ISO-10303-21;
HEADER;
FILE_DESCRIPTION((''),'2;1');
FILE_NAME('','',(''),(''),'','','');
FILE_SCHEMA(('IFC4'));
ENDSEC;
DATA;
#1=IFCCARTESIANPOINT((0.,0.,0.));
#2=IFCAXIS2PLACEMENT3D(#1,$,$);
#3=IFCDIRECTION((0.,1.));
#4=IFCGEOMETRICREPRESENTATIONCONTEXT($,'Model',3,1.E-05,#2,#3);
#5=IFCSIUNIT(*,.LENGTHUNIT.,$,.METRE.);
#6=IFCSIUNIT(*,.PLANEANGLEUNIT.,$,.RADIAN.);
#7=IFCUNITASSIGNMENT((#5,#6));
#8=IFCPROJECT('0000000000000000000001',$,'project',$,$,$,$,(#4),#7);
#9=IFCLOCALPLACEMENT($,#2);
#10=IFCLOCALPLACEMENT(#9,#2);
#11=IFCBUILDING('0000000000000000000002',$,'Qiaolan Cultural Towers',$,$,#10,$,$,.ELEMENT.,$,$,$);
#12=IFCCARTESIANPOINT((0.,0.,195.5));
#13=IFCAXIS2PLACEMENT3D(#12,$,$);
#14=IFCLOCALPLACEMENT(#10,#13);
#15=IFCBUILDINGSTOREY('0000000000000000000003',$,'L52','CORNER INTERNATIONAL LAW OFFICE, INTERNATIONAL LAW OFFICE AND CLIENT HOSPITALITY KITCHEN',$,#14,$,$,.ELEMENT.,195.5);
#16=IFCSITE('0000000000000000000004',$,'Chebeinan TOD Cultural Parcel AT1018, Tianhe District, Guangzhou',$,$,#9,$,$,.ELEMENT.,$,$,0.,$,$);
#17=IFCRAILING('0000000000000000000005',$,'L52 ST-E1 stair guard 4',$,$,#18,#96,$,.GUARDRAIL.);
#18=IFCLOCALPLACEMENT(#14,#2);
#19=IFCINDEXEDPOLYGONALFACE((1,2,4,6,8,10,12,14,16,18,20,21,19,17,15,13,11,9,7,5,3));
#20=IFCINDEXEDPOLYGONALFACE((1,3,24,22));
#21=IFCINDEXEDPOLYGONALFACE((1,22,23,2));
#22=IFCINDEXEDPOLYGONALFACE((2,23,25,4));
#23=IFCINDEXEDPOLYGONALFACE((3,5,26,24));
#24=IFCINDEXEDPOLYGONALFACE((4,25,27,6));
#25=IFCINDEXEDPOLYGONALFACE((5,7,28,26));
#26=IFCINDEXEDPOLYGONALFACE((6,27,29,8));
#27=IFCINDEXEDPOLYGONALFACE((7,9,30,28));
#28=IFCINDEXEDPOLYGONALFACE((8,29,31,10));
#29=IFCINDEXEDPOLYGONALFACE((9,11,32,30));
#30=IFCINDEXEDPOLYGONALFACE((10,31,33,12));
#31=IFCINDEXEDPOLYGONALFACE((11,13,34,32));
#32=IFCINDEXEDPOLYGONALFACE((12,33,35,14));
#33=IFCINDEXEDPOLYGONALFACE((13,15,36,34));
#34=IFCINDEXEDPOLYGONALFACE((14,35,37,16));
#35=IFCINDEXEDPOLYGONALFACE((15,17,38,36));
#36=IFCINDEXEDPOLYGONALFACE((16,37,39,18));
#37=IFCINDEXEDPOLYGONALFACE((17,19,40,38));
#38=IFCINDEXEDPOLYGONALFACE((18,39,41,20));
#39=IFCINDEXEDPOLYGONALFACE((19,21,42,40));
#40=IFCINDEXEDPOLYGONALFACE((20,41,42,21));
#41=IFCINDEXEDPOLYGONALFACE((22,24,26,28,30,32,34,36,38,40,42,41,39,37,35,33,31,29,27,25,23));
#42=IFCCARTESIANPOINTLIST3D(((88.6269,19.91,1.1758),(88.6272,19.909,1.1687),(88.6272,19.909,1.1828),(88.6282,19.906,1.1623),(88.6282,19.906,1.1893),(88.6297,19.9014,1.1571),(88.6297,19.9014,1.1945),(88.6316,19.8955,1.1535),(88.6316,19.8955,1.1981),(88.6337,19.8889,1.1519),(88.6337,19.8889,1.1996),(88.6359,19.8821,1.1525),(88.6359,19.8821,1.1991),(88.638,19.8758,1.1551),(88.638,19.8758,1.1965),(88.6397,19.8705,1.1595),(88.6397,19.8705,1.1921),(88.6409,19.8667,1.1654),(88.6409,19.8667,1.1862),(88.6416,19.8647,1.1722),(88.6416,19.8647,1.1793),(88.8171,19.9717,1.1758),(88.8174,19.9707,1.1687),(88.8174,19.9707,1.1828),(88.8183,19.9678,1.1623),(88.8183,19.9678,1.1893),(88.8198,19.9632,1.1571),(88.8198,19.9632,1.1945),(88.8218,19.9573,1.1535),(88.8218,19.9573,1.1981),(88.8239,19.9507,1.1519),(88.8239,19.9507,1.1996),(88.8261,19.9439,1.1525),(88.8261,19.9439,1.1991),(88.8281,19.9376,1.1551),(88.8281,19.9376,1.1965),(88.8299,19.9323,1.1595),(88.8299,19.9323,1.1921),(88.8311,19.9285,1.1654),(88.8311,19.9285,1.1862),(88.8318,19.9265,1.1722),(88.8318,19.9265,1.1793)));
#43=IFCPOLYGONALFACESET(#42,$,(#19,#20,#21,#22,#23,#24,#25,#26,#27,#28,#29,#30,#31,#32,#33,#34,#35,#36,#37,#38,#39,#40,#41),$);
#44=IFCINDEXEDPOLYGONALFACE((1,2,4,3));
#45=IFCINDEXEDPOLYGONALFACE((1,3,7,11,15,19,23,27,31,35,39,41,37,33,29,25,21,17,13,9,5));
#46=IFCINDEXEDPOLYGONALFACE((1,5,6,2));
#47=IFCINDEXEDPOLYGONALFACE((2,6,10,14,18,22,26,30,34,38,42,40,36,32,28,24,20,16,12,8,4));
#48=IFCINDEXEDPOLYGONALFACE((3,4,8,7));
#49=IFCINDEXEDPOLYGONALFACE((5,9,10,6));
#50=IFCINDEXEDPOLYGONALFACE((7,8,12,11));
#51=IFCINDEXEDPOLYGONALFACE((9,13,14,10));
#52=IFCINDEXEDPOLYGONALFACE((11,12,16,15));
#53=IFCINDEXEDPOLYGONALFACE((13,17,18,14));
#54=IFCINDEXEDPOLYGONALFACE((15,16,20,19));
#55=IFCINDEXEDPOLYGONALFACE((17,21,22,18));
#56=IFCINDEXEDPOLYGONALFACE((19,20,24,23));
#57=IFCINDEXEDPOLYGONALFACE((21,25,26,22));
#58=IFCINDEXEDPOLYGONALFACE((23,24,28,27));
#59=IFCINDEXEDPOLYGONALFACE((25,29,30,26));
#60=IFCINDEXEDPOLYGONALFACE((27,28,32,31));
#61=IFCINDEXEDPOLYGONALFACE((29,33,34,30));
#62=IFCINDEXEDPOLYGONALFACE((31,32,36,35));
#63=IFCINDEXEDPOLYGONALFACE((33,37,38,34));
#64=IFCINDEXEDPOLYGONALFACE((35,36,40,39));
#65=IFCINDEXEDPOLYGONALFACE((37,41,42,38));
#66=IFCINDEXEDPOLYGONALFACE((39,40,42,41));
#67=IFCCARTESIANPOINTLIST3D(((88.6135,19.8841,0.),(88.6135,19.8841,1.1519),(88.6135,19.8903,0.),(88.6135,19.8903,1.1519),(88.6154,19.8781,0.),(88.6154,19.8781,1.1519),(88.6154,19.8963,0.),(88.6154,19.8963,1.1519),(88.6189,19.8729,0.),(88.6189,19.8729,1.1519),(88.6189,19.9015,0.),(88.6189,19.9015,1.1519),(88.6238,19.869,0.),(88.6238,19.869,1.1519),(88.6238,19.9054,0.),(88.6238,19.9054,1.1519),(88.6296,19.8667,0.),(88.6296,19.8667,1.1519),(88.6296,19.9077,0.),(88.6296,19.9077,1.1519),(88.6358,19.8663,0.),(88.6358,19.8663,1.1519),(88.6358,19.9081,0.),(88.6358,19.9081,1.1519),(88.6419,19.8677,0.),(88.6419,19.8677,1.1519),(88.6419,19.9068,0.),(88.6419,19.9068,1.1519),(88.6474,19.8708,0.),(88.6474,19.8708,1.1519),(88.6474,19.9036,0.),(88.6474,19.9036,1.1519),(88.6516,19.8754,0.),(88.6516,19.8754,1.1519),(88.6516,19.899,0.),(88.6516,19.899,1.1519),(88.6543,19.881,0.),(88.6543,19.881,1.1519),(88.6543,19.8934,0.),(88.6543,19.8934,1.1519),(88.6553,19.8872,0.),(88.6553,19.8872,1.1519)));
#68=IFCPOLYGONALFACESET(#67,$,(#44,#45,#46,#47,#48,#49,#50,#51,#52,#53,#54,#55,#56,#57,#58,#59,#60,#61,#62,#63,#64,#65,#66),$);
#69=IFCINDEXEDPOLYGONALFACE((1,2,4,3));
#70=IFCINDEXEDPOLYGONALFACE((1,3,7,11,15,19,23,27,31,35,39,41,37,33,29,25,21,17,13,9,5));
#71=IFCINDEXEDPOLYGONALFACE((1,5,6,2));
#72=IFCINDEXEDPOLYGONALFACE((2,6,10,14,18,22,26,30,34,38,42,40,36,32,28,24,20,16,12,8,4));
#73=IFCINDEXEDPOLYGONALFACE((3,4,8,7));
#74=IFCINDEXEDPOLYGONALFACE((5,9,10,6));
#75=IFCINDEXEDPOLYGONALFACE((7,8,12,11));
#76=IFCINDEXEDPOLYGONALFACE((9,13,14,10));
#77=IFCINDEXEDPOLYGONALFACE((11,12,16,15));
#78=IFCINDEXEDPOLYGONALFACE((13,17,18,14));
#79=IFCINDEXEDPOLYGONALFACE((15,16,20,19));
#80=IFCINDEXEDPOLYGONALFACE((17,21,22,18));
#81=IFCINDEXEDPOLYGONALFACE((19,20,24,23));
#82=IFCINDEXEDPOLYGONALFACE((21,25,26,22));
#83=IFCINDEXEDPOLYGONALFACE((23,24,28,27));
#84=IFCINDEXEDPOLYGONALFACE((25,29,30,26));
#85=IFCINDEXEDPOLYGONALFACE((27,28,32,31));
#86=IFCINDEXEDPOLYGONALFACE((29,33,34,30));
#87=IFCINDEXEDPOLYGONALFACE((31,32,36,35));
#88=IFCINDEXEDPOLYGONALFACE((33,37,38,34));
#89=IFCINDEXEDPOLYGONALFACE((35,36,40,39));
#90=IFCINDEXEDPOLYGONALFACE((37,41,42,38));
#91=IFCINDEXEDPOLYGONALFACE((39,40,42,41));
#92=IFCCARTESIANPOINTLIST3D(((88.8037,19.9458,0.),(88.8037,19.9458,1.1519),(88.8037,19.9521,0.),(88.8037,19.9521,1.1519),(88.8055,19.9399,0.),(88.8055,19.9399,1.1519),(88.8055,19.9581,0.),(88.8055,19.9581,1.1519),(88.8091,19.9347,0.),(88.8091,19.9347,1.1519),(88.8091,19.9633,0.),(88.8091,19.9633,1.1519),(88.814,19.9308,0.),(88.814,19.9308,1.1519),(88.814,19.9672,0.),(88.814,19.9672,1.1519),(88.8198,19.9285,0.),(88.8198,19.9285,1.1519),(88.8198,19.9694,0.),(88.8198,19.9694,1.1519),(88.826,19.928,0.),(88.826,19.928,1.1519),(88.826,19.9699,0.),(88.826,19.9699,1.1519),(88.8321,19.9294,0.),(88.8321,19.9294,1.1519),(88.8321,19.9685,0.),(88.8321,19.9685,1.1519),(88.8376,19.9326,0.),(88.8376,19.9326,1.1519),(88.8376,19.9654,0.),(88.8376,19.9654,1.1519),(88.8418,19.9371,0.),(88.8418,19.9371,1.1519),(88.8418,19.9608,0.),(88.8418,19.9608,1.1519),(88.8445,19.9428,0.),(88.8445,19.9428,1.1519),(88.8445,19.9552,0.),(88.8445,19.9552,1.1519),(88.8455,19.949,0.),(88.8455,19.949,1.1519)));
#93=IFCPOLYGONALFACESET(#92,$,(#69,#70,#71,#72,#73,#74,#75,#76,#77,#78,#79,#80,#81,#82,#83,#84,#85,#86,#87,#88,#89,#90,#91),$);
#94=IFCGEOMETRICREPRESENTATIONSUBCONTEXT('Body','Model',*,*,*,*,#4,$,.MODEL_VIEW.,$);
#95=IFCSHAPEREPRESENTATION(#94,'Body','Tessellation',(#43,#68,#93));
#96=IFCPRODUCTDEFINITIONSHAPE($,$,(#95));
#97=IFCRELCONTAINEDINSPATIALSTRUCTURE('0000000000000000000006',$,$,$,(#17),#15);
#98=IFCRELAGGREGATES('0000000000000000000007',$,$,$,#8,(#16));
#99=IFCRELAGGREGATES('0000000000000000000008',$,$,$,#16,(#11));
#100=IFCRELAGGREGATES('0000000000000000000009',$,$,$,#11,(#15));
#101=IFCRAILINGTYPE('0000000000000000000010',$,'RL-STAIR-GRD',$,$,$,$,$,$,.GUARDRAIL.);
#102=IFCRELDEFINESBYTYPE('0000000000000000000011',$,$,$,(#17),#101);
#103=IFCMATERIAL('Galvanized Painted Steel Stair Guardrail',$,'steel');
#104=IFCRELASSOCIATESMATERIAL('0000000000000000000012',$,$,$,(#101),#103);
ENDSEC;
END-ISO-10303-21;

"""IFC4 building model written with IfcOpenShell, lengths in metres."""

from ifc_helpers import new_model, si_unit, direction, frame, origin, origin_2d, place, context, subcontext, project, spatial, circle, extrude, material, type_object, element, save


model = new_model("IFC4")

# Units and contexts
model_context = context("Model", 3, precision=1e-05, world=origin(), true_north=direction((0.0, 1.0)))
body_context = subcontext(model_context, "Body", "Model", "MODEL_VIEW")
ifc_project = project(units=[si_unit("LENGTHUNIT", "METRE"), si_unit("PLANEANGLEUNIT", "RADIAN")], contexts=[model_context])

# Site, building, storey
site_placement = place(None, origin())
site = spatial("IfcSite", under=ifc_project, at=site_placement, Name="Chebeinan TOD Cultural Parcel AT1018, Tianhe District, Guangzhou", CompositionType="ELEMENT", RefElevation=0.0)
building_placement = place(site_placement, origin())
building = spatial("IfcBuilding", under=site, at=building_placement, Name="Qiaolan Cultural Towers", CompositionType="ELEMENT")
storey_placement = place(building_placement, frame((0.0, 0.0, 195.5)))
storey = spatial("IfcBuildingStorey", under=building, at=storey_placement, Name="L52", Description="CORNER INTERNATIONAL LAW OFFICE, INTERNATIONAL LAW OFFICE AND CLIENT HOSPITALITY KITCHEN", CompositionType="ELEMENT", Elevation=195.5)

# Railing
ifc_material_1 = material(Name="Galvanized Painted Steel Stair Guardrail", Category="steel")
railing_type_1 = type_object("IfcRailingType", Name="RL-STAIR-GRD", PredefinedType="GUARDRAIL", material=ifc_material_1)
railing_1_placement = place(storey_placement, frame((88.6343, 19.8872, 0.0)))
element("IfcRailing", 1, at=railing_1_placement, inside=storey, type_object=railing_type_1, Name="L52 ST-E1 stair guard 4", PredefinedType="GUARDRAIL", context=body_context, shape_type="SweptSolid", body=[
    extrude(circle(Radius=0.0239, at=origin_2d()), frame((0.0, 0.0, 1.1758), z_axis=(0.951097, 0.308893, 0.0), x_axis=(-0.308893, 0.951097, 0.0)), (0.0, 0.0, 1.0), 0.2),
    extrude(circle(Radius=0.021, at=origin_2d()), origin(), (0.0, 0.0, 1.0), 1.1519),
    extrude(circle(Radius=0.021, at=origin_2d()), frame((0.1902, 0.0618, 0.0)), (0.0, 0.0, 1.0), 1.1519),
])

save(model, "model.ifc")
